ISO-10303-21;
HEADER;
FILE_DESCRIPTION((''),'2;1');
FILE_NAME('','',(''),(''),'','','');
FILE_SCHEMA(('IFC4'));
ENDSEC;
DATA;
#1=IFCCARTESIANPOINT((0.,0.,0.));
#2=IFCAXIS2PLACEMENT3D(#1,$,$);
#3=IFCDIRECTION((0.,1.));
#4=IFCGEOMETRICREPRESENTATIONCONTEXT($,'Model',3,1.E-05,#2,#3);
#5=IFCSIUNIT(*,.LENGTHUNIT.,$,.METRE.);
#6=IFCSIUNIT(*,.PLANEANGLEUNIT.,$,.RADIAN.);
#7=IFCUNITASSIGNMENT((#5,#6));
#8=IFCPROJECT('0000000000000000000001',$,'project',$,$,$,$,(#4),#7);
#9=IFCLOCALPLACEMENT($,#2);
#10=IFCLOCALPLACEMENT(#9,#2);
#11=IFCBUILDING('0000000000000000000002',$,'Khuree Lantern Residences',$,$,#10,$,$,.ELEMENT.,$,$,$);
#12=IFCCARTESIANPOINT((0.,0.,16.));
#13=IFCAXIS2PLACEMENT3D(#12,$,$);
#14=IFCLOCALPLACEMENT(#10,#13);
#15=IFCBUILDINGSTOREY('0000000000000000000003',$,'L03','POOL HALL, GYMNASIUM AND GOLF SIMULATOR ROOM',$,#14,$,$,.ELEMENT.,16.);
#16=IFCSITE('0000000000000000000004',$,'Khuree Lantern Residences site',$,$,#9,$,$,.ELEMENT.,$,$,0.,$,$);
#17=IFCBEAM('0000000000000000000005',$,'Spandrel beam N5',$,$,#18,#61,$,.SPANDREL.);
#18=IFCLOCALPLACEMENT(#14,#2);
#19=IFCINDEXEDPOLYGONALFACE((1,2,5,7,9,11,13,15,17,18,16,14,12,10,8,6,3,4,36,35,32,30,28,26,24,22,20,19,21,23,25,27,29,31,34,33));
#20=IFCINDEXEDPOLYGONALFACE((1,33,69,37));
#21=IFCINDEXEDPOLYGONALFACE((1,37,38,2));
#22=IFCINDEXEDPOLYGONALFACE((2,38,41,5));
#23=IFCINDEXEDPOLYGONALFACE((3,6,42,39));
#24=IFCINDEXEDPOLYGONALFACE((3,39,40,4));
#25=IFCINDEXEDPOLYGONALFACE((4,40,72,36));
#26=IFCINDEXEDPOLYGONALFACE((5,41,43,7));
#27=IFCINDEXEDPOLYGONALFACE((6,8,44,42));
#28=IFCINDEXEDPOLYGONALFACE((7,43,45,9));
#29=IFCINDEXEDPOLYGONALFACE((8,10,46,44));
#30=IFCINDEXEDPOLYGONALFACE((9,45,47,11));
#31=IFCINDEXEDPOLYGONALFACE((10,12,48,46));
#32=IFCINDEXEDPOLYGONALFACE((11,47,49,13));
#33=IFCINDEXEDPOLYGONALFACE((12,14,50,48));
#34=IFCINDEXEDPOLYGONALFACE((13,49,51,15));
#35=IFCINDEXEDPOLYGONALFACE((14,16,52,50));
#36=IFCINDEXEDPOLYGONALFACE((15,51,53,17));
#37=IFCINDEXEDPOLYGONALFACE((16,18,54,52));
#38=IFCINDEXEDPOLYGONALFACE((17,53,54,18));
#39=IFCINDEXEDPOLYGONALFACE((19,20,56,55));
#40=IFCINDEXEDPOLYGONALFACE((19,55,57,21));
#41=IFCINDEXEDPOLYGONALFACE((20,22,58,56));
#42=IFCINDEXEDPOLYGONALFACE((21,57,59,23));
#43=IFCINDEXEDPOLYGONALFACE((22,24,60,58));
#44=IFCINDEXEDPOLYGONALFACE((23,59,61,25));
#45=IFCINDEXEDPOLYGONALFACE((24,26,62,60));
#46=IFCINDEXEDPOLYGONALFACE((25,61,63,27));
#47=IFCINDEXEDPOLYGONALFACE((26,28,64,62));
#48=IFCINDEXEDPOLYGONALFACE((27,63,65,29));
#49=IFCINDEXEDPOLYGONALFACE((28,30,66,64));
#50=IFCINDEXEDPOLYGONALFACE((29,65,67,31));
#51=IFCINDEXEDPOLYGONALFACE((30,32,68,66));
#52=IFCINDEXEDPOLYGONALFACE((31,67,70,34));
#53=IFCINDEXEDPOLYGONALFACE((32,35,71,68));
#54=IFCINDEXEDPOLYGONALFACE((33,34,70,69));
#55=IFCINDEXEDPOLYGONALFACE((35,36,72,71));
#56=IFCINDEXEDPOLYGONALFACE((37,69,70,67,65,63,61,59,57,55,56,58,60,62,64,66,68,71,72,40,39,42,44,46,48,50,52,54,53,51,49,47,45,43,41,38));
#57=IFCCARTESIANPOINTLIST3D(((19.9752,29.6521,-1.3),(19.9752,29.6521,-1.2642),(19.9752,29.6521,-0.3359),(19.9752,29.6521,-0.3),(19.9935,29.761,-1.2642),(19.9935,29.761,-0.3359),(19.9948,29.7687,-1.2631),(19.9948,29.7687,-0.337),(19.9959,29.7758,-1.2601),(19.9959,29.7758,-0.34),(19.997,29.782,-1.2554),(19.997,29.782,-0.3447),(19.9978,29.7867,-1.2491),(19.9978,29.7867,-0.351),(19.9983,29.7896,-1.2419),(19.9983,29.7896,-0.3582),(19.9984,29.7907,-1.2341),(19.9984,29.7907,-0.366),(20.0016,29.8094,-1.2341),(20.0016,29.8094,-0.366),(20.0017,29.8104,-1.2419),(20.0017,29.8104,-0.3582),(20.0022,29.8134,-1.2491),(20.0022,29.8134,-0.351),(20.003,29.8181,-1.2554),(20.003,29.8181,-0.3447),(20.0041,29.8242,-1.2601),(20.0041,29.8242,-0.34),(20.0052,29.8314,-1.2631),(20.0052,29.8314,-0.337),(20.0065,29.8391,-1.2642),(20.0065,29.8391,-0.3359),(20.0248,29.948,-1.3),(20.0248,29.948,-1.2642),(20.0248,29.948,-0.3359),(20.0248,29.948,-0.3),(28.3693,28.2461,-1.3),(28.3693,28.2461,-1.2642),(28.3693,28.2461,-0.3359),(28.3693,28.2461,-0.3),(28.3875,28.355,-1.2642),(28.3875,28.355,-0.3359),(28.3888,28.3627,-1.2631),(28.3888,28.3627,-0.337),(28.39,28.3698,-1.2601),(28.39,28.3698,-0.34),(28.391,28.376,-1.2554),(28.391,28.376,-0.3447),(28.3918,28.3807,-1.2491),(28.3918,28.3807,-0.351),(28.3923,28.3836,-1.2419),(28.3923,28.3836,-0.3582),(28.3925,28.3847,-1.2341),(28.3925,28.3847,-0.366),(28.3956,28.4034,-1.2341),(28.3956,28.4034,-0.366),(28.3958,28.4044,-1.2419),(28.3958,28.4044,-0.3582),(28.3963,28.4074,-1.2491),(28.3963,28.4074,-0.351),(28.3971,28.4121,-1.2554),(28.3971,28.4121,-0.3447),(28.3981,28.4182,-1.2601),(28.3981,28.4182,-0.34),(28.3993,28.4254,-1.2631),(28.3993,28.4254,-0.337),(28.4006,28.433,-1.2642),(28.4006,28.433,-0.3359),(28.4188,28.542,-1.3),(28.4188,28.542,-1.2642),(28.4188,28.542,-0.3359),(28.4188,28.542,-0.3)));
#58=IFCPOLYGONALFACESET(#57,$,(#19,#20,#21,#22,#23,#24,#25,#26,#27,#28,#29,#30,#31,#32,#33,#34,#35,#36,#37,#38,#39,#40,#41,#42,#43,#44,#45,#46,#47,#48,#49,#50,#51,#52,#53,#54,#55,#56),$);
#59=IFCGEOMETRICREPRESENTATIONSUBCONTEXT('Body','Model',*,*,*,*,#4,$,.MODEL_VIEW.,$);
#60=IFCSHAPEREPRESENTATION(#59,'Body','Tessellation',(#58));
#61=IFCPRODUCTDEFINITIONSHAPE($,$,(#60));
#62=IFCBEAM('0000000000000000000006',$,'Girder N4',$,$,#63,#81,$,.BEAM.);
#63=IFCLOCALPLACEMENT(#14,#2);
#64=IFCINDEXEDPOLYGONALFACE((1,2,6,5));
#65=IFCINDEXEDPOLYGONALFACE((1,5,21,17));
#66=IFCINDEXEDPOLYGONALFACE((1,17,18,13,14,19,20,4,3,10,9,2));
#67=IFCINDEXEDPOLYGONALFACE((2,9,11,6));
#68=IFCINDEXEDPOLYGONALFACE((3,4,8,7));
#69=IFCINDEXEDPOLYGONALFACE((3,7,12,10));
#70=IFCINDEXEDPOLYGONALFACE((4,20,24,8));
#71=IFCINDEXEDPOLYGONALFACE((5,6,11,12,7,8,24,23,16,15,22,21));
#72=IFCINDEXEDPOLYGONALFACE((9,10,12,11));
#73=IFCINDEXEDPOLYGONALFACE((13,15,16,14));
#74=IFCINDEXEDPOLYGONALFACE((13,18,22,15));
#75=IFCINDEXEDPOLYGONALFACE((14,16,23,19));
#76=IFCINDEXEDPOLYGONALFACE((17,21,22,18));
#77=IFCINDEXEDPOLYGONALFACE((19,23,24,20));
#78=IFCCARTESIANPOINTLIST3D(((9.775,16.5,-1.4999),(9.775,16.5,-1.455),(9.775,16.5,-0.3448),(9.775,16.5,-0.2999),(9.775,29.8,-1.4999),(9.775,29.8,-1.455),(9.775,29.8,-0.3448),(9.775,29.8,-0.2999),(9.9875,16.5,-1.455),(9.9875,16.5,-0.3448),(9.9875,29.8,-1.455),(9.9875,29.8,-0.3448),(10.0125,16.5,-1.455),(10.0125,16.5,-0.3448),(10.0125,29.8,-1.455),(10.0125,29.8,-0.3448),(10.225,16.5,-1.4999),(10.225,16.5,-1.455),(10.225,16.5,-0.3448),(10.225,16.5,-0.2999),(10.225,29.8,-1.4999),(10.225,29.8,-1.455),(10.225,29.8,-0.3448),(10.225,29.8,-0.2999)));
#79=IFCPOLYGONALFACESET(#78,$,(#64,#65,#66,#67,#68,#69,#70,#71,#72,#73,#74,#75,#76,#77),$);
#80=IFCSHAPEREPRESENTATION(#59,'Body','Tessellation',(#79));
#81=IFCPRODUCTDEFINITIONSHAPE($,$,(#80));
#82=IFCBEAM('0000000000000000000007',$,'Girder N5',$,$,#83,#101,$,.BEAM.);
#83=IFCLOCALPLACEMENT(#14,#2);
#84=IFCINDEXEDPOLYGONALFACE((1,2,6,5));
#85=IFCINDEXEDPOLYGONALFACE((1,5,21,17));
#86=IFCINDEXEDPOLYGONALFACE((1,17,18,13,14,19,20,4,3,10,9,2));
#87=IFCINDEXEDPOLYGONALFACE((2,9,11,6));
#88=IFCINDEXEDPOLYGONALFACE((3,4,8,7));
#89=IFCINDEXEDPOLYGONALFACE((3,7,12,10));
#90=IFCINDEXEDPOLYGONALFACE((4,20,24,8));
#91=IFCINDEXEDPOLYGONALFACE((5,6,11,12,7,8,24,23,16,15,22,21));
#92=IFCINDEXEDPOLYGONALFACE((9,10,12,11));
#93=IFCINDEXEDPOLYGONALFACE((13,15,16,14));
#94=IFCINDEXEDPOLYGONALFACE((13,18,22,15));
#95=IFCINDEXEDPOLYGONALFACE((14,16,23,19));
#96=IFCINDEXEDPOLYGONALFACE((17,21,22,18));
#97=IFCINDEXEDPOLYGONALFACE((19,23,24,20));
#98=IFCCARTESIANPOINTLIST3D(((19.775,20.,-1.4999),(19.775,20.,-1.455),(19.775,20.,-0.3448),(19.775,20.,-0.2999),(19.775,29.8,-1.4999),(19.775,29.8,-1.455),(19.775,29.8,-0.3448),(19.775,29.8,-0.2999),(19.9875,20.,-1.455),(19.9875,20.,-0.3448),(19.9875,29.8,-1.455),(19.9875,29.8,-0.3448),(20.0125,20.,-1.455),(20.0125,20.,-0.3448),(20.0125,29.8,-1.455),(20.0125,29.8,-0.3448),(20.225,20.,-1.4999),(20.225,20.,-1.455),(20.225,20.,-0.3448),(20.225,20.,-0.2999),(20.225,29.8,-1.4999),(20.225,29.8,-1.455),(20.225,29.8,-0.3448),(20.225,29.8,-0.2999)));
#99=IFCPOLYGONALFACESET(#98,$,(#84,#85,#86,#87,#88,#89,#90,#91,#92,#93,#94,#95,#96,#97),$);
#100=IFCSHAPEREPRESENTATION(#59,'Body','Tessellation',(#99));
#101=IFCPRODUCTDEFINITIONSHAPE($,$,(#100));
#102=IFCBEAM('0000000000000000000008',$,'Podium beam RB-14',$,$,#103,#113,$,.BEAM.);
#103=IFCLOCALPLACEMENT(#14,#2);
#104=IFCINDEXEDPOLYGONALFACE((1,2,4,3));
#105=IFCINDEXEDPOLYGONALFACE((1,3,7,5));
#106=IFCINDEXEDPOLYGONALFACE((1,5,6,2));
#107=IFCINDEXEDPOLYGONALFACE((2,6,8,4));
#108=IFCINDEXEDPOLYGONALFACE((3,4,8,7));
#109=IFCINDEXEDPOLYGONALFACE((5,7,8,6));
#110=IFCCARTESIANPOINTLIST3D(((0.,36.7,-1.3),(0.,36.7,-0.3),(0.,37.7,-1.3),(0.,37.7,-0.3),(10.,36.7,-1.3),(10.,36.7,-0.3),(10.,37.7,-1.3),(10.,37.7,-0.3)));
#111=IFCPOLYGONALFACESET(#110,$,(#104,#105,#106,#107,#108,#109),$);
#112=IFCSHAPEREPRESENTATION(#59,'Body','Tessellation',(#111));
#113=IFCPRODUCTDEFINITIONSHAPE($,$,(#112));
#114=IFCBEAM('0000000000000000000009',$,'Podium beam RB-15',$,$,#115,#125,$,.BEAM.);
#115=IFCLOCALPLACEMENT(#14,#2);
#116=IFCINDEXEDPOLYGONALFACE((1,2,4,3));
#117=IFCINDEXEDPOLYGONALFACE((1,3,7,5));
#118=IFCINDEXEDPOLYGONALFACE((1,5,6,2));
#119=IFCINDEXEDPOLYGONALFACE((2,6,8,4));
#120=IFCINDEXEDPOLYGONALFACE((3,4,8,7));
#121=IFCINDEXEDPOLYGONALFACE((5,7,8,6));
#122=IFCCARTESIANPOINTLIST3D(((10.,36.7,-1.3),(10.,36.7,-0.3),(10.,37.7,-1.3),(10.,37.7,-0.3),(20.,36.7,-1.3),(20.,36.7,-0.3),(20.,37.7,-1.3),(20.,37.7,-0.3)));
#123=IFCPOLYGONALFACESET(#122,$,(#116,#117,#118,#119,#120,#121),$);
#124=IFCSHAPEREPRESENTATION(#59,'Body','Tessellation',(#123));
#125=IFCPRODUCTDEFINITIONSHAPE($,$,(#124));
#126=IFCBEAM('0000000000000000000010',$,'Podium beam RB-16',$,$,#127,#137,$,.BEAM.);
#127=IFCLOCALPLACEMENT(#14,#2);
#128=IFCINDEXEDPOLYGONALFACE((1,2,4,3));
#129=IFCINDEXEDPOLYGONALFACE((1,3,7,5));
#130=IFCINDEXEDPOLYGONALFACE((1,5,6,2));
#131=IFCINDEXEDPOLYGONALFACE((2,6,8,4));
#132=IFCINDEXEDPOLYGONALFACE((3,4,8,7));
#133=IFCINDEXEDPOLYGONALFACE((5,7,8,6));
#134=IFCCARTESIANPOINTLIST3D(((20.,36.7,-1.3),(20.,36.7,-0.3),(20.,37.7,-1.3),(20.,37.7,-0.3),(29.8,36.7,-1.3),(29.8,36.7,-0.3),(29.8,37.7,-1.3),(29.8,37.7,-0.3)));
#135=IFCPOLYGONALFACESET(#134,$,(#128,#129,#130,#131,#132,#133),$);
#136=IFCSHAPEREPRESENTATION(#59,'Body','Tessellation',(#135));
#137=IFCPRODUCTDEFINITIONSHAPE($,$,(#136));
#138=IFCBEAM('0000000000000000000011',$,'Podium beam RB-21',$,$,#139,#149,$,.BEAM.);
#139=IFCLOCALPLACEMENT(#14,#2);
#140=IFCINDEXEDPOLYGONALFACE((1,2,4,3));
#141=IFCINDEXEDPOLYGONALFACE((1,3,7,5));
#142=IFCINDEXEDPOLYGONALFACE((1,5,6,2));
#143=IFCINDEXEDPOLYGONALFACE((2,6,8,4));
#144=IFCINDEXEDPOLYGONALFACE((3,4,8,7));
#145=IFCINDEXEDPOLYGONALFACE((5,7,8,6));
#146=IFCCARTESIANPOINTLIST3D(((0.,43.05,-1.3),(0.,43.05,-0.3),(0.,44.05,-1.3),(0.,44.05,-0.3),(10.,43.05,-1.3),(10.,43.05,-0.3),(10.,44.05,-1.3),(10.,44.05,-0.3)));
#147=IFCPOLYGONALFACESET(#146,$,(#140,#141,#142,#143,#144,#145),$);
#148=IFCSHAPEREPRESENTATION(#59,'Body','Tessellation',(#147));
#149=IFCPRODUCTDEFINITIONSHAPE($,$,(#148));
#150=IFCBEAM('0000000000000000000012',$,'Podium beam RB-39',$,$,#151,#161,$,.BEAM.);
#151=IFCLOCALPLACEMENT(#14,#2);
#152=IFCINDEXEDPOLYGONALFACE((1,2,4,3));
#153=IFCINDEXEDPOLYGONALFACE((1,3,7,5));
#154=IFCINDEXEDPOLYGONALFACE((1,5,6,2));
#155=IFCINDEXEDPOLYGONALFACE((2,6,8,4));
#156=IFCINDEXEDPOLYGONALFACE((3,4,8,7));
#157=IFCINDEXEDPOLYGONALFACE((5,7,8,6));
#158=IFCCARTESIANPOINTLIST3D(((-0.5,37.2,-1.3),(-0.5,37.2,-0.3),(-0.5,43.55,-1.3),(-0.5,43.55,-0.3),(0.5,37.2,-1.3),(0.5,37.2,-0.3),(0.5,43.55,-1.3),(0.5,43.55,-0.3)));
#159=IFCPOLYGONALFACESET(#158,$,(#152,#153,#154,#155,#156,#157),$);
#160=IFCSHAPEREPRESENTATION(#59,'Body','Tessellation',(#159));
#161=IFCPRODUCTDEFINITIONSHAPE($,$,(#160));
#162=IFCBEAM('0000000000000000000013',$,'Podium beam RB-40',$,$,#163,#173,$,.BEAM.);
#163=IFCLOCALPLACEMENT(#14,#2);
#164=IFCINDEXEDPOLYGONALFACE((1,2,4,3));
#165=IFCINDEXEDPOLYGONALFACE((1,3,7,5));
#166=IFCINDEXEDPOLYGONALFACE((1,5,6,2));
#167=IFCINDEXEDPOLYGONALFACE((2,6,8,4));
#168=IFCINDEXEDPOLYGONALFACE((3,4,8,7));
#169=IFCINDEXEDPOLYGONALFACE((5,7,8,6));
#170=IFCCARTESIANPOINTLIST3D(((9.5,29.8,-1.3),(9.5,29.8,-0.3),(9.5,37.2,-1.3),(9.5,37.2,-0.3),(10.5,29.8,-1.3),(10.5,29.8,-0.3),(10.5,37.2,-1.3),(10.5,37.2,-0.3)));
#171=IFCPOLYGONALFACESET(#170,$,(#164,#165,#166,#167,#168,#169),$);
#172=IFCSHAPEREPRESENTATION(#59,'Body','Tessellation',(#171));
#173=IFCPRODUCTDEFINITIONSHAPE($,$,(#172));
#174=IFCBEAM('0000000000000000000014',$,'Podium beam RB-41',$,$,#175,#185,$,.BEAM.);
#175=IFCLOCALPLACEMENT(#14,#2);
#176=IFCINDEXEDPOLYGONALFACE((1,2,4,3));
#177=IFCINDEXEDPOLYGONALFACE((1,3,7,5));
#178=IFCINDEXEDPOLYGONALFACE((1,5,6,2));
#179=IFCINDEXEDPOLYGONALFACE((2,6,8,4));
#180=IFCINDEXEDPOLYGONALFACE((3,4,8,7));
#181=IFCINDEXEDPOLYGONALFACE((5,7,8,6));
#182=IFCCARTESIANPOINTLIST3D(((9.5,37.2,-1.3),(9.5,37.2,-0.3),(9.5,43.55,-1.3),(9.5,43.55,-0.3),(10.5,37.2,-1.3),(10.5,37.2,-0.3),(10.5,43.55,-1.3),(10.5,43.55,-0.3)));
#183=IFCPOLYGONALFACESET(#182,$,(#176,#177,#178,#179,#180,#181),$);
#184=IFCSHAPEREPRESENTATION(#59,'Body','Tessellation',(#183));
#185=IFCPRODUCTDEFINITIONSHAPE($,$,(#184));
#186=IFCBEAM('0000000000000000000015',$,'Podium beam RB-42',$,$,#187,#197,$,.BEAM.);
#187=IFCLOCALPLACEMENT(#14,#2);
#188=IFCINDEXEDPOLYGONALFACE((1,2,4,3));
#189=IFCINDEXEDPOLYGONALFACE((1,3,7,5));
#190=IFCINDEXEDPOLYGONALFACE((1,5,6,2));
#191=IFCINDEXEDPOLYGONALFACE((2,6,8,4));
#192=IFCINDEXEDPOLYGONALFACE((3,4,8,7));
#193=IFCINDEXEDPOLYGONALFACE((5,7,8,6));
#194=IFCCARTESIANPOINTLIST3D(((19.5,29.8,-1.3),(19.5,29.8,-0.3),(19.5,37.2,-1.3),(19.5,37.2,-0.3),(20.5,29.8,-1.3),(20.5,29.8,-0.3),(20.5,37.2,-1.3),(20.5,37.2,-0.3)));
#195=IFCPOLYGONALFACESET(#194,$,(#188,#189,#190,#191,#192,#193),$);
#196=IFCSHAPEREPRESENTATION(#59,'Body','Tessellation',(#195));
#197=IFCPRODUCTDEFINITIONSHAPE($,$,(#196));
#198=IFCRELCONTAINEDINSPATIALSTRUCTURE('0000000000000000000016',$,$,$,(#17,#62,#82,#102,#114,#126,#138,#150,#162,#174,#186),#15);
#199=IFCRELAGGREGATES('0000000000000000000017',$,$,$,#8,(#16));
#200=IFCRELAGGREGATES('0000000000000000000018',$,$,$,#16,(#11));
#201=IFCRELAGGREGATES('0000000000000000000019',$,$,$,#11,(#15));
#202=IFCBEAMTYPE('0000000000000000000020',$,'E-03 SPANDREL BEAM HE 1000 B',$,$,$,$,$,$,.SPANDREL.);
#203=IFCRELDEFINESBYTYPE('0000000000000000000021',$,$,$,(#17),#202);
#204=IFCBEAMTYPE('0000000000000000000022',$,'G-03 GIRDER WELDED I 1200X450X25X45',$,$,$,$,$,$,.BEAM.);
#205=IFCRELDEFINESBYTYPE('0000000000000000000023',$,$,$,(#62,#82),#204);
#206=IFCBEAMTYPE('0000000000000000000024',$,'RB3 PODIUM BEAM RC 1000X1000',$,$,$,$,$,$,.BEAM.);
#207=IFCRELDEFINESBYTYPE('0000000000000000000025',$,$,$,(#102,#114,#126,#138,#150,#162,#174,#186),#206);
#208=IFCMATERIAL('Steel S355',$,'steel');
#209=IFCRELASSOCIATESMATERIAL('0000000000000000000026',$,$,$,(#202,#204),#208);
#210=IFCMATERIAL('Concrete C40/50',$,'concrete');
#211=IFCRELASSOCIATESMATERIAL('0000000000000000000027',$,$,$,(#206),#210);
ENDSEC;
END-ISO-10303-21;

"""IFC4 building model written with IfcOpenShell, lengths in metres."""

from ifc_helpers import new_model, si_unit, direction, frame, origin, origin_2d, place, context, subcontext, project, spatial, rectangle, i_section, extrude, material, material_profile, profile_set, type_object, element, save


model = new_model("IFC4")

# Units and contexts
model_context = context("Model", 3, precision=1e-05, world=origin(), true_north=direction((0.0, 1.0)))
body_context = subcontext(model_context, "Body", "Model", "MODEL_VIEW")
ifc_project = project(units=[si_unit("LENGTHUNIT", "METRE"), si_unit("PLANEANGLEUNIT", "RADIAN")], contexts=[model_context])

# Site, building, storey
site_placement = place(None, origin())
site = spatial("IfcSite", under=ifc_project, at=site_placement, Name="Khuree Lantern Residences site", CompositionType="ELEMENT", RefElevation=0.0)
building_placement = place(site_placement, origin())
building = spatial("IfcBuilding", under=site, at=building_placement, Name="Khuree Lantern Residences", CompositionType="ELEMENT")
storey_placement = place(building_placement, frame((0.0, 0.0, 16.0)))
storey = spatial("IfcBuildingStorey", under=building, at=storey_placement, Name="L03", Description="POOL HALL, GYMNASIUM AND GOLF SIMULATOR ROOM", CompositionType="ELEMENT", Elevation=16.0)

# Beams
ifc_material_1 = material(Name="Steel S355", Category="steel")
ifc_material_profile_1 = material_profile(ifc_material_1, i_section(OverallWidth=0.3, OverallDepth=1.0, WebThickness=0.019, FlangeThickness=0.0359, FilletRadius=0.03, at=origin_2d()), Name="HE 1000 B")
ifc_profile_set_1 = profile_set([ifc_material_profile_1], Name="Steel S355")
beam_type_1 = type_object("IfcBeamType", Name="E-03 SPANDREL BEAM HE 1000 B", PredefinedType="SPANDREL", material=ifc_profile_set_1)
beam_1_placement = place(storey_placement, frame((20.0, 29.8, -0.8), z_axis=(0.98626, -0.165199, 0.0), x_axis=(0.165199, 0.98626, 0.0)))
element("IfcBeam", 1, at=beam_1_placement, inside=storey, type_object=beam_type_1, Name="Spandrel beam N5", PredefinedType="SPANDREL", context=body_context, shape_type="SweptSolid", body=[
    extrude(i_section(OverallWidth=0.3, OverallDepth=1.0, WebThickness=0.019, FlangeThickness=0.0359, FilletRadius=0.03, at=origin_2d()), origin(), (0.0, 0.0, 1.0), 8.511),
])
ifc_material_profile_2 = material_profile(ifc_material_1, i_section(OverallWidth=0.45, OverallDepth=1.2, WebThickness=0.0249, FlangeThickness=0.0449, at=origin_2d()), Name="WELDED I 1200X450X25X45")
ifc_profile_set_2 = profile_set([ifc_material_profile_2], Name="Steel S355")
beam_type_2 = type_object("IfcBeamType", Name="G-03 GIRDER WELDED I 1200X450X25X45", PredefinedType="BEAM", material=ifc_profile_set_2)
beam_2_placement = place(storey_placement, frame((10.0, 29.8, -0.8999), z_axis=(0.0, -1.0, 0.0), x_axis=(1.0, 0.0, 0.0)))
element("IfcBeam", 2, at=beam_2_placement, inside=storey, type_object=beam_type_2, Name="Girder N4", PredefinedType="BEAM", context=body_context, shape_type="SweptSolid", body=[
    extrude(i_section(OverallWidth=0.45, OverallDepth=1.2, WebThickness=0.0249, FlangeThickness=0.0449, at=origin_2d()), origin(), (0.0, 0.0, 1.0), 13.3),
])
beam_3_placement = place(storey_placement, frame((20.0, 29.8, -0.8999), z_axis=(0.0, -1.0, 0.0), x_axis=(1.0, 0.0, 0.0)))
element("IfcBeam", 3, at=beam_3_placement, inside=storey, type_object=beam_type_2, Name="Girder N5", PredefinedType="BEAM", context=body_context, shape_type="SweptSolid", body=[
    extrude(i_section(OverallWidth=0.45, OverallDepth=1.2, WebThickness=0.0249, FlangeThickness=0.0449, at=origin_2d()), origin(), (0.0, 0.0, 1.0), 9.8),
])
ifc_material_2 = material(Name="Concrete C40/50", Category="concrete")
ifc_material_profile_3 = material_profile(ifc_material_2, rectangle(XDim=1.0, YDim=1.0, at=origin_2d()), Name="RC 1000X1000")
ifc_profile_set_3 = profile_set([ifc_material_profile_3], Name="Concrete C40/50")
beam_type_3 = type_object("IfcBeamType", Name="RB3 PODIUM BEAM RC 1000X1000", PredefinedType="BEAM", material=ifc_profile_set_3)
for number, where, z_axis, x_axis, name in (
    (4, (0.0, 37.2, -0.8), (1.0, 0.0, 0.0), (0.0, 1.0, 0.0), "Podium beam RB-14"),
    (5, (10.0, 37.2, -0.8), (1.0, 0.0, 0.0), (0.0, 1.0, 0.0), "Podium beam RB-15"),
):
    element("IfcBeam", number, at=place(storey_placement, frame(where, z_axis=z_axis, x_axis=x_axis)), inside=storey, type_object=beam_type_3, Name=name, PredefinedType="BEAM", context=body_context, shape_type="SweptSolid", body=[
        extrude(rectangle(XDim=1.0, YDim=1.0, at=origin_2d()), origin(), (0.0, 0.0, 1.0), 10.0),
    ])
beam_4_placement = place(storey_placement, frame((20.0, 37.2, -0.8), z_axis=(1.0, 0.0, 0.0), x_axis=(0.0, 1.0, 0.0)))
element("IfcBeam", 6, at=beam_4_placement, inside=storey, type_object=beam_type_3, Name="Podium beam RB-16", PredefinedType="BEAM", context=body_context, shape_type="SweptSolid", body=[
    extrude(rectangle(XDim=1.0, YDim=1.0, at=origin_2d()), origin(), (0.0, 0.0, 1.0), 9.8),
])
beam_5_placement = place(storey_placement, frame((0.0, 43.55, -0.8), z_axis=(1.0, 0.0, 0.0), x_axis=(0.0, 1.0, 0.0)))
element("IfcBeam", 7, at=beam_5_placement, inside=storey, type_object=beam_type_3, Name="Podium beam RB-21", PredefinedType="BEAM", context=body_context, shape_type="SweptSolid", body=[
    extrude(rectangle(XDim=1.0, YDim=1.0, at=origin_2d()), origin(), (0.0, 0.0, 1.0), 10.0),
])
beam_6_placement = place(storey_placement, frame((0.0, 37.2, -0.8), z_axis=(0.0, 1.0, 0.0), x_axis=(-1.0, 0.0, 0.0)))
element("IfcBeam", 8, at=beam_6_placement, inside=storey, type_object=beam_type_3, Name="Podium beam RB-39", PredefinedType="BEAM", context=body_context, shape_type="SweptSolid", body=[
    extrude(rectangle(XDim=1.0, YDim=1.0, at=origin_2d()), origin(), (0.0, 0.0, 1.0), 6.3501),
])
beam_7_placement = place(storey_placement, frame((10.0, 29.8, -0.8), z_axis=(0.0, 1.0, 0.0), x_axis=(-1.0, 0.0, 0.0)))
element("IfcBeam", 9, at=beam_7_placement, inside=storey, type_object=beam_type_3, Name="Podium beam RB-40", PredefinedType="BEAM", context=body_context, shape_type="SweptSolid", body=[
    extrude(rectangle(XDim=1.0, YDim=1.0, at=origin_2d()), origin(), (0.0, 0.0, 1.0), 7.3999),
])
beam_8_placement = place(storey_placement, frame((10.0, 37.2, -0.8), z_axis=(0.0, 1.0, 0.0), x_axis=(-1.0, 0.0, 0.0)))
element("IfcBeam", 10, at=beam_8_placement, inside=storey, type_object=beam_type_3, Name="Podium beam RB-41", PredefinedType="BEAM", context=body_context, shape_type="SweptSolid", body=[
    extrude(rectangle(XDim=1.0, YDim=1.0, at=origin_2d()), origin(), (0.0, 0.0, 1.0), 6.3501),
])
beam_9_placement = place(storey_placement, frame((20.0, 29.8, -0.8), z_axis=(0.0, 1.0, 0.0), x_axis=(-1.0, 0.0, 0.0)))
element("IfcBeam", 11, at=beam_9_placement, inside=storey, type_object=beam_type_3, Name="Podium beam RB-42", PredefinedType="BEAM", context=body_context, shape_type="SweptSolid", body=[
    extrude(rectangle(XDim=1.0, YDim=1.0, at=origin_2d()), origin(), (0.0, 0.0, 1.0), 7.3999),
])

save(model, "model.ifc")
